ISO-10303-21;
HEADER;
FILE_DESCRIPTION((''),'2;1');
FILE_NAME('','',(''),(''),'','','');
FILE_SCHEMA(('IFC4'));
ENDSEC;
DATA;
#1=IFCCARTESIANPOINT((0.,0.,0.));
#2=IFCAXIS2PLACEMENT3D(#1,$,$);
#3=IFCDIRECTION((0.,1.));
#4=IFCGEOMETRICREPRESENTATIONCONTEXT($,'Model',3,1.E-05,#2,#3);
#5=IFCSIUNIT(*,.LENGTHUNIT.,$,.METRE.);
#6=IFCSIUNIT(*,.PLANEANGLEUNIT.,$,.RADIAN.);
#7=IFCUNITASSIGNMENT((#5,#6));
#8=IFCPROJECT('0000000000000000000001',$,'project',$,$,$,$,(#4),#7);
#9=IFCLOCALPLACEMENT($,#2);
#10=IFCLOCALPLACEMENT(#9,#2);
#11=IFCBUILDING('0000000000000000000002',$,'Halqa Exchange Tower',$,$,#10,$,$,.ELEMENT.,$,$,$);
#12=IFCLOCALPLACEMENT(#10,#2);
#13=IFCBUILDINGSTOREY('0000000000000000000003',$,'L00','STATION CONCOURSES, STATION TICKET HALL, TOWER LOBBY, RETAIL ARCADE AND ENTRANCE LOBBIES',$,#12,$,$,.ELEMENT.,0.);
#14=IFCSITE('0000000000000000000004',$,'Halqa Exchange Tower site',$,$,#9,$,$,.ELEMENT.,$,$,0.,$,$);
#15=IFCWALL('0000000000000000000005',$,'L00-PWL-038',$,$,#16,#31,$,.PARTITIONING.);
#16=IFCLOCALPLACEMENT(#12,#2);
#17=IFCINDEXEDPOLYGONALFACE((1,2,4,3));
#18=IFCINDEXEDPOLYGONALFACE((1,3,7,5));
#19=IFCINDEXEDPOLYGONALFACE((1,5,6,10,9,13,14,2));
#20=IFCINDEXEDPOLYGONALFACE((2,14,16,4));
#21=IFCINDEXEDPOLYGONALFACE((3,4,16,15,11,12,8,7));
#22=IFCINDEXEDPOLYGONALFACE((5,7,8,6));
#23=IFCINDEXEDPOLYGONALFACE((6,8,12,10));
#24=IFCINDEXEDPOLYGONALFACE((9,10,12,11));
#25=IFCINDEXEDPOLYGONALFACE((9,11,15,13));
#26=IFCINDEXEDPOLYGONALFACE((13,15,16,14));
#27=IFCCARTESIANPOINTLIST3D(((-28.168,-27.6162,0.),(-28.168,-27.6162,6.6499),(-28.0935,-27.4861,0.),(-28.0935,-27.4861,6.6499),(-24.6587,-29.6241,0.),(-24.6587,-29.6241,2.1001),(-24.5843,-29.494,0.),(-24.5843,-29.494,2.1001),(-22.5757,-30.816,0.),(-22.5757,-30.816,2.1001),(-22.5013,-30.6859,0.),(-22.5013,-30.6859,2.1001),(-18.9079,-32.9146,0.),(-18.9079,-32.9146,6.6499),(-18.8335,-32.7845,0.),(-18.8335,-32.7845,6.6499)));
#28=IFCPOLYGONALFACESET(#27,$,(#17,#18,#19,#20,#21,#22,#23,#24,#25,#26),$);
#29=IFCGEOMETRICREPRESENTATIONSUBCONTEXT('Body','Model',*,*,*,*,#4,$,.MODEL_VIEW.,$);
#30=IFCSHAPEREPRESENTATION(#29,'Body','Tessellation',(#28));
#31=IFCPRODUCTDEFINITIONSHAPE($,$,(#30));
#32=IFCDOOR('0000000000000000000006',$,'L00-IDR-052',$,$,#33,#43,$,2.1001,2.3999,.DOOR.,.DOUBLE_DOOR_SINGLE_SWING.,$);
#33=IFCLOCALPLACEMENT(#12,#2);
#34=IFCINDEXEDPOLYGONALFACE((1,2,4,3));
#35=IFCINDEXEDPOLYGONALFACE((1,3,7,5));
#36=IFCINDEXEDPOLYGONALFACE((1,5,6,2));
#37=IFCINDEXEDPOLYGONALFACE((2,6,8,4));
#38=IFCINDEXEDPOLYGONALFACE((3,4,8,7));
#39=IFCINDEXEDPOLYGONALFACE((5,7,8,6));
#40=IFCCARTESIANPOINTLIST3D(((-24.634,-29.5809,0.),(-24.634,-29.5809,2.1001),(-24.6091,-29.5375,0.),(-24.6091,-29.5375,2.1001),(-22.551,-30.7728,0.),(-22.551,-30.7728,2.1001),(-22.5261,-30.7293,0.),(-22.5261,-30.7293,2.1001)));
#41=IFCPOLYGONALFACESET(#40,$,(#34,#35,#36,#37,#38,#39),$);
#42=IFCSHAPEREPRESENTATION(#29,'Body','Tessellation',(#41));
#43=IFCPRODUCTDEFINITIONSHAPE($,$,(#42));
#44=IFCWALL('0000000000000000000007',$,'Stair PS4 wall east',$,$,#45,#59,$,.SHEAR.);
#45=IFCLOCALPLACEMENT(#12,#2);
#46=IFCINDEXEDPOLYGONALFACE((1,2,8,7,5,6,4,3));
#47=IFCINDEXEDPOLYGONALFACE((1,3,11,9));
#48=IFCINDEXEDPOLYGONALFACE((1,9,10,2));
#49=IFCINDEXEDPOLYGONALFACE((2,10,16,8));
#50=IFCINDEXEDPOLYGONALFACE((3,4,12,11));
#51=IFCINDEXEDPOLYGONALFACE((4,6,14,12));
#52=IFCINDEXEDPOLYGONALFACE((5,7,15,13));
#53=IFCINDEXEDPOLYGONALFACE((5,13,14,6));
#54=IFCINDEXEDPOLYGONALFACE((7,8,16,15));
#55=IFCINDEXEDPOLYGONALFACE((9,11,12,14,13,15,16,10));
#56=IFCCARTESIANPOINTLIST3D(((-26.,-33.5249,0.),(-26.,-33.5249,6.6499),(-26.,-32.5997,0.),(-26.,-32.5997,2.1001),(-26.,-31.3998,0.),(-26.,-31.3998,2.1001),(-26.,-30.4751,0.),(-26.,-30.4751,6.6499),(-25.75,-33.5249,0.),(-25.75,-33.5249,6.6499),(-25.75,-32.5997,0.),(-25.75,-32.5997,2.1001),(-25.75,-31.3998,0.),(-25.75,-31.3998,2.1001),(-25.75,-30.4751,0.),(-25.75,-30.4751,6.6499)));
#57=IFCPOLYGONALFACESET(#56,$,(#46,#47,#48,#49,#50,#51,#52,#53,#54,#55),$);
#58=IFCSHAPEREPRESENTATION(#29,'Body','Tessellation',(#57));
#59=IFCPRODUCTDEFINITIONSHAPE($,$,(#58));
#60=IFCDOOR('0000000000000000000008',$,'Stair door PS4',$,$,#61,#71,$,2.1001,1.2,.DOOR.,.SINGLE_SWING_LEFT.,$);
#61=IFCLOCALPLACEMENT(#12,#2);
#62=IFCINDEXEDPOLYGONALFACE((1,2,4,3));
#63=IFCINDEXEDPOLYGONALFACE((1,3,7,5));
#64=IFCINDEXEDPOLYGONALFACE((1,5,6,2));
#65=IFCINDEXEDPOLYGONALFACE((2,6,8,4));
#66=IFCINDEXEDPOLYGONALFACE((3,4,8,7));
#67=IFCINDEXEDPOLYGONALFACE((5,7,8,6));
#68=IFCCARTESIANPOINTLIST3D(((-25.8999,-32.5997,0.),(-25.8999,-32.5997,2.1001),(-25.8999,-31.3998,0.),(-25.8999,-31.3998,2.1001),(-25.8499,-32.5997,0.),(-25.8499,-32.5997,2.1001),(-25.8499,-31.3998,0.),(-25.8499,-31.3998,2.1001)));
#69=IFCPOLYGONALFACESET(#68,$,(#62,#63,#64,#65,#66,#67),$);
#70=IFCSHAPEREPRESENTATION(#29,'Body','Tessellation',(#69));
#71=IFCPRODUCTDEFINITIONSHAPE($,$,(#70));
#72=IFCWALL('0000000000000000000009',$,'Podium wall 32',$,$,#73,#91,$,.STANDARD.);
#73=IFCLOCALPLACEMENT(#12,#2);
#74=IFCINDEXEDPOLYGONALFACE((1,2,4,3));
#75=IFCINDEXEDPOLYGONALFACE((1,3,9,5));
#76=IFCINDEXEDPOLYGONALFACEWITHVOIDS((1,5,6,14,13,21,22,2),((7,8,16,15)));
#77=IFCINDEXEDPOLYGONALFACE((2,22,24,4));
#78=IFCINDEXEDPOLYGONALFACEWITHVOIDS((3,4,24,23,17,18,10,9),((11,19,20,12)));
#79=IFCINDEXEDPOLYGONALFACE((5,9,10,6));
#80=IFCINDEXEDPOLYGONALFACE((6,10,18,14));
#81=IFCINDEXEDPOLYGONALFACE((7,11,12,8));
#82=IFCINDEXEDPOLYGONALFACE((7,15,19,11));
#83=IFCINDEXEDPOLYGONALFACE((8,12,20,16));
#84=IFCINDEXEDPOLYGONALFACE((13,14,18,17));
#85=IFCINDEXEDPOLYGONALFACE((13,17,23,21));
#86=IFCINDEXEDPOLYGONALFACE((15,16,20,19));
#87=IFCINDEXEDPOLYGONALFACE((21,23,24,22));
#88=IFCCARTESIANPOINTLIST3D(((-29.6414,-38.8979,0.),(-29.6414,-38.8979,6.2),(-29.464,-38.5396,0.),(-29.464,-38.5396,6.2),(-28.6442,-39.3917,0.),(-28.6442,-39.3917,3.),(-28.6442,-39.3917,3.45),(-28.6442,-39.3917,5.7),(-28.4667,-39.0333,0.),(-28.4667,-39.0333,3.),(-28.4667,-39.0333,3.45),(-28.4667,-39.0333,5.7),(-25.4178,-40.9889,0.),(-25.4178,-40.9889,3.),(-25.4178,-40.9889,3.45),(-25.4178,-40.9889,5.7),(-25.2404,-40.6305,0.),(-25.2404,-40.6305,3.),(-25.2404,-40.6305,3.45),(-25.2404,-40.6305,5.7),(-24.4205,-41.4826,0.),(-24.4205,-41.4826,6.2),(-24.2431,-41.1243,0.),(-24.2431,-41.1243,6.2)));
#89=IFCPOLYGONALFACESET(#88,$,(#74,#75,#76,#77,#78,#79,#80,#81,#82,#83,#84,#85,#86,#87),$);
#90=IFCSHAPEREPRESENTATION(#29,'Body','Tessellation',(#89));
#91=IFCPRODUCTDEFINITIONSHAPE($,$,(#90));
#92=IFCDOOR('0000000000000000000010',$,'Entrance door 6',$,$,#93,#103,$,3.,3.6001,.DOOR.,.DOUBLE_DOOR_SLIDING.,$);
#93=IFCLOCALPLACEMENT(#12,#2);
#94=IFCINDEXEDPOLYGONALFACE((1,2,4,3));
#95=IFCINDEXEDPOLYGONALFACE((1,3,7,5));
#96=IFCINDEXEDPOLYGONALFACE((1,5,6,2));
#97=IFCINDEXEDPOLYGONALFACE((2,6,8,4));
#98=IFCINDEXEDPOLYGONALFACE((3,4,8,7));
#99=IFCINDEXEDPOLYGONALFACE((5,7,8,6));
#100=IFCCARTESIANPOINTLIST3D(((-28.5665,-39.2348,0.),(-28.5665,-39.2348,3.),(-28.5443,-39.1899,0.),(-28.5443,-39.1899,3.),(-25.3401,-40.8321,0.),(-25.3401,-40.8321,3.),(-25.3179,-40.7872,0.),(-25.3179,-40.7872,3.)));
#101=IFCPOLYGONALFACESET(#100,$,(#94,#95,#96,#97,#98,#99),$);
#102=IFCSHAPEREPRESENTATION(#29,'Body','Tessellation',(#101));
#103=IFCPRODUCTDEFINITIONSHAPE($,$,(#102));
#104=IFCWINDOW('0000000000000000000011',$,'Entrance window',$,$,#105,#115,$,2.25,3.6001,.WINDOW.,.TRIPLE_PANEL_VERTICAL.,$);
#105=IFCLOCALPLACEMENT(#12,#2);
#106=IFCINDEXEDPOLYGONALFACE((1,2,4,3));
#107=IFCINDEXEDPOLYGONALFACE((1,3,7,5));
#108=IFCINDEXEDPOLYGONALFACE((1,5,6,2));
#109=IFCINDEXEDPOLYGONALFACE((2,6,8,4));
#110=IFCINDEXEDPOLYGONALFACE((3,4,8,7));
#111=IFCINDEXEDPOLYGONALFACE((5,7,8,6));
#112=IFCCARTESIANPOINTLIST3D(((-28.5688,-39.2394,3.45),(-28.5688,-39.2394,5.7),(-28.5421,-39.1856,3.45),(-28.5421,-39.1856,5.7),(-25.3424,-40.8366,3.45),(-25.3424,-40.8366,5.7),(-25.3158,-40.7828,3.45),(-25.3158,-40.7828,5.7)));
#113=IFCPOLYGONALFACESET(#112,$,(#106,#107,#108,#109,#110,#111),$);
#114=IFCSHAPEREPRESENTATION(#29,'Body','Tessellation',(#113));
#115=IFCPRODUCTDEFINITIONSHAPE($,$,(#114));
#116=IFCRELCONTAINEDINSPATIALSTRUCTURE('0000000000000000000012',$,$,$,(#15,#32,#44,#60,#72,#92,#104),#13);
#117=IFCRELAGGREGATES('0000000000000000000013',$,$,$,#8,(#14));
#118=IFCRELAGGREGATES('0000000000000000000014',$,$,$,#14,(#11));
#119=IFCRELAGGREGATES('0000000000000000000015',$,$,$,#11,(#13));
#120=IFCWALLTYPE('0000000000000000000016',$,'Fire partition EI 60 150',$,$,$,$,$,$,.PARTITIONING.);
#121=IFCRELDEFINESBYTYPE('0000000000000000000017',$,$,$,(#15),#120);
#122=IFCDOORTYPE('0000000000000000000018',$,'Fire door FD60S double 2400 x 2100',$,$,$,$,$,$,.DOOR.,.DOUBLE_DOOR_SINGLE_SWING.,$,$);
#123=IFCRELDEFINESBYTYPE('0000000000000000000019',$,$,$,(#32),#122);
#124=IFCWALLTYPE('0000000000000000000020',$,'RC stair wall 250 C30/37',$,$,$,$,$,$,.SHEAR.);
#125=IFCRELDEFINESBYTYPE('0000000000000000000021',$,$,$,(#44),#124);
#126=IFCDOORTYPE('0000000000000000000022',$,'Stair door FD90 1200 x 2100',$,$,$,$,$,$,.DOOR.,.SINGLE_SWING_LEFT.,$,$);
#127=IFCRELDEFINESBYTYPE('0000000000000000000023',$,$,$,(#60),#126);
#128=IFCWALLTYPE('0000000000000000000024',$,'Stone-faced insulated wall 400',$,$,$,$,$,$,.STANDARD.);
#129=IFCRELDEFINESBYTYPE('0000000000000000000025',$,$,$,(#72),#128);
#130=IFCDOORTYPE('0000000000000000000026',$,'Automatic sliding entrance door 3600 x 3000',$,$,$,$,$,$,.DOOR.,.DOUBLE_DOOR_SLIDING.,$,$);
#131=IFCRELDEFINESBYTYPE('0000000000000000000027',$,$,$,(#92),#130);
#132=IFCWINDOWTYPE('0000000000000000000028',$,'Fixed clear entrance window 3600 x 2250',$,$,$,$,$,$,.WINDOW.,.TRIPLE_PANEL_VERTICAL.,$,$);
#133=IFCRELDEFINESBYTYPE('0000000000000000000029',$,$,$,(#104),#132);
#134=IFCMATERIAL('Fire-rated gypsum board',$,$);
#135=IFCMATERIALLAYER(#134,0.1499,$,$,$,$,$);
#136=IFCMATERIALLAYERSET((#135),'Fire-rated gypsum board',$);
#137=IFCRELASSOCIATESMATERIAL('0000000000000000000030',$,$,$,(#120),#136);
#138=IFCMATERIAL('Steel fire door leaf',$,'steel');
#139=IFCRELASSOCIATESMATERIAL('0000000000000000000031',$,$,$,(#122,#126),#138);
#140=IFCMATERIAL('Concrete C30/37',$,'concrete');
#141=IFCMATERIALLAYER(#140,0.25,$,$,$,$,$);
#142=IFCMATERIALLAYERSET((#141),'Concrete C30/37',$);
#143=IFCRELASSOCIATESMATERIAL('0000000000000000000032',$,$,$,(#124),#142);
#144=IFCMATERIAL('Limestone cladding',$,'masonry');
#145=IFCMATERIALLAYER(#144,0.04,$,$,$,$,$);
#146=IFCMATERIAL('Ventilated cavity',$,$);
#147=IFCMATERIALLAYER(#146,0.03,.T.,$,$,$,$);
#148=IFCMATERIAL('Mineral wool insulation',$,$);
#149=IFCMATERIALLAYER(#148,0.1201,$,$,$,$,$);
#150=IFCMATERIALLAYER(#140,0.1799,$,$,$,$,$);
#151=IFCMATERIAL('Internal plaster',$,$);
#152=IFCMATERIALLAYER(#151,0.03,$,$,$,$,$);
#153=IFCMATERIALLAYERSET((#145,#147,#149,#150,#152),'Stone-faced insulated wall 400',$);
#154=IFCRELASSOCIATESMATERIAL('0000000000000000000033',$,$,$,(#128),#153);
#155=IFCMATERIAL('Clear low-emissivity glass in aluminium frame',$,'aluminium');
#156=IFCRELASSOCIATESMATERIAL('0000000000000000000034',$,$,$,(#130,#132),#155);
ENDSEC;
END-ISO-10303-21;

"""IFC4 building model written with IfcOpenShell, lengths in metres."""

from ifc_helpers import new_model, si_unit, direction, frame, frame_2d, origin, place, context, subcontext, project, spatial, rectangle, extrude, material, layer, layer_set, type_object, element, fill, save


model = new_model("IFC4")

# Units and contexts
model_context = context("Model", 3, precision=1e-05, world=origin(), true_north=direction((0.0, 1.0)))
body_context = subcontext(model_context, "Body", "Model", "MODEL_VIEW")
ifc_project = project(units=[si_unit("LENGTHUNIT", "METRE"), si_unit("PLANEANGLEUNIT", "RADIAN")], contexts=[model_context])

# Site, building, storey
site_placement = place(None, origin())
site = spatial("IfcSite", under=ifc_project, at=site_placement, Name="Halqa Exchange Tower site", CompositionType="ELEMENT", RefElevation=0.0)
building_placement = place(site_placement, origin())
building = spatial("IfcBuilding", under=site, at=building_placement, Name="Halqa Exchange Tower", CompositionType="ELEMENT")
storey_placement = place(building_placement, origin())
storey = spatial("IfcBuildingStorey", under=building, at=storey_placement, Name="L00", Description="STATION CONCOURSES, STATION TICKET HALL, TOWER LOBBY, RETAIL ARCADE AND ENTRANCE LOBBIES", CompositionType="ELEMENT", Elevation=0.0)

# Shared definitions
ifc_material_1 = material(Name="Fire-rated gypsum board")
ifc_layer_1 = layer(ifc_material_1, 0.1499)
ifc_layer_set_1 = layer_set([ifc_layer_1], Name="Fire-rated gypsum board")
wall_type_1 = type_object("IfcWallType", Name="Fire partition EI 60 150", PredefinedType="PARTITIONING", material=ifc_layer_set_1)

# Walls, openings, doors
wall_1_placement = place(storey_placement, frame((-18.8706, -32.8496, 0.0), z_axis=(0.0, 0.0, 1.0), x_axis=(-0.867964, 0.496627, 0.0)))
wall_1 = element("IfcWall", 1, at=wall_1_placement, inside=storey, type_object=wall_type_1, Name="L00-PWL-038", PredefinedType="PARTITIONING", context=body_context, shape_type="SweptSolid", body=[
    extrude(rectangle(XDim=10.6687, YDim=0.1499, at=frame_2d((5.3345, 0.0))), origin(), (0.0, 0.0, 1.0), 6.6499),
])
opening_1_placement = place(wall_1_placement, frame((4.2258, 0.0, 0.0)))
opening_1 = element("IfcOpeningElement", 2, at=opening_1_placement, cuts=wall_1, PredefinedType="OPENING", context=body_context, shape_type="SweptSolid", body=[
    extrude(rectangle(XDim=2.3999, YDim=2.1001, at=frame_2d((1.2, 1.05))), frame((0.0, 0.0869, 0.0), z_axis=(0.0, -1.0, 0.0), x_axis=(1.0, 0.0, 0.0)), (0.0, 0.0, 1.0), 0.1738),
])
ifc_material_2 = material(Name="Steel fire door leaf", Category="steel")
door_type_1 = type_object("IfcDoorType", Name="Fire door FD60S double 2400 x 2100", OperationType="DOUBLE_DOOR_SINGLE_SWING", PredefinedType="DOOR", material=ifc_material_2)
door_1_placement = place(opening_1_placement, frame((2.3999, 0.0, 0.0), z_axis=(0.0, 0.0, 1.0), x_axis=(-1.0, 0.0, 0.0)))
door_1 = element("IfcDoor", 3, at=door_1_placement, inside=storey, type_object=door_type_1, Name="L00-IDR-052", OperationType="DOUBLE_DOOR_SINGLE_SWING", OverallHeight=2.1001, OverallWidth=2.3999, PredefinedType="DOOR", context=body_context, shape_type="SweptSolid", body=[
    extrude(rectangle(XDim=2.3999, YDim=2.1001, at=frame_2d((1.2, 1.05))), frame((0.0, 0.0249, 0.0), z_axis=(0.0, -1.0, 0.0), x_axis=(1.0, 0.0, 0.0)), (0.0, 0.0, 1.0), 0.05),
])
fill(opening_1, door_1)
ifc_material_3 = material(Name="Concrete C30/37", Category="concrete")
ifc_layer_2 = layer(ifc_material_3, 0.25)
ifc_layer_set_2 = layer_set([ifc_layer_2], Name="Concrete C30/37")
wall_type_2 = type_object("IfcWallType", Name="RC stair wall 250 C30/37", PredefinedType="SHEAR", material=ifc_layer_set_2)
wall_2_placement = place(storey_placement, frame((-25.875, -33.5249, 0.0), z_axis=(0.0, 0.0, 1.0), x_axis=(0.0, 1.0, 0.0)))
wall_2 = element("IfcWall", 4, at=wall_2_placement, inside=storey, type_object=wall_type_2, Name="Stair PS4 wall east", PredefinedType="SHEAR", context=body_context, shape_type="SweptSolid", body=[
    extrude(rectangle(XDim=3.0498, YDim=0.25, at=frame_2d((1.5249, 0.0))), origin(), (0.0, 0.0, 1.0), 6.6499),
])
opening_2_placement = place(wall_2_placement, frame((0.925, 0.0, 0.0)))
opening_2 = element("IfcOpeningElement", 5, at=opening_2_placement, cuts=wall_2, PredefinedType="OPENING", context=body_context, shape_type="SweptSolid", body=[
    extrude(rectangle(XDim=1.2, YDim=2.1001, at=frame_2d((0.6001, 1.05))), frame((0.0, 0.137, 0.0), z_axis=(0.0, -1.0, 0.0), x_axis=(1.0, 0.0, 0.0)), (0.0, 0.0, 1.0), 0.2739),
])
door_type_2 = type_object("IfcDoorType", Name="Stair door FD90 1200 x 2100", OperationType="SINGLE_SWING_LEFT", PredefinedType="DOOR", material=ifc_material_2)
door_2_placement = place(opening_2_placement, origin())
door_2 = element("IfcDoor", 6, at=door_2_placement, inside=storey, type_object=door_type_2, Name="Stair door PS4", OperationType="SINGLE_SWING_LEFT", OverallHeight=2.1001, OverallWidth=1.2, PredefinedType="DOOR", context=body_context, shape_type="SweptSolid", body=[
    extrude(rectangle(XDim=1.2, YDim=2.1001, at=frame_2d((0.6001, 1.05))), frame((0.0, 0.0249, 0.0), z_axis=(0.0, -1.0, 0.0), x_axis=(1.0, 0.0, 0.0)), (0.0, 0.0, 1.0), 0.05),
])
fill(opening_2, door_2)

# Wall, openings, door, window
ifc_material_4 = material(Name="Limestone cladding", Category="masonry")
ifc_layer_3 = layer(ifc_material_4, 0.04)
ifc_material_5 = material(Name="Ventilated cavity")
ifc_layer_4 = layer(ifc_material_5, 0.03, ventilated=True)
ifc_material_6 = material(Name="Mineral wool insulation")
ifc_layer_5 = layer(ifc_material_6, 0.1201)
ifc_layer_6 = layer(ifc_material_3, 0.1799)
ifc_material_7 = material(Name="Internal plaster")
ifc_layer_7 = layer(ifc_material_7, 0.03)
ifc_layer_set_3 = layer_set([ifc_layer_3, ifc_layer_4, ifc_layer_5, ifc_layer_6, ifc_layer_7], Name="Stone-faced insulated wall 400")
wall_type_3 = type_object("IfcWallType", Name="Stone-faced insulated wall 400", PredefinedType="STANDARD", material=ifc_layer_set_3)
wall_3_placement = place(storey_placement, frame((-29.5527, -38.7188, 0.0), z_axis=(0.0, 0.0, 1.0), x_axis=(0.896189, -0.443673, 0.0)))
wall_3 = element("IfcWall", 7, at=wall_3_placement, inside=storey, type_object=wall_type_3, Name="Podium wall 32", PredefinedType="STANDARD", context=body_context, shape_type="SweptSolid", body=[
    extrude(rectangle(XDim=5.8257, YDim=0.3999, at=frame_2d((2.9128, 0.0))), origin(), (0.0, 0.0, 1.0), 6.2),
])
opening_3_placement = place(wall_3_placement, frame((1.1128, 0.0, 0.0)))
opening_3 = element("IfcOpeningElement", 8, at=opening_3_placement, cuts=wall_3, PredefinedType="OPENING", context=body_context, shape_type="SweptSolid", body=[
    extrude(rectangle(XDim=3.6001, YDim=3.0, at=frame_2d((1.8, 1.5))), frame((0.0, 0.2119, 0.0), z_axis=(0.0, -1.0, 0.0), x_axis=(1.0, 0.0, 0.0)), (0.0, 0.0, 1.0), 0.4238),
])
opening_4_placement = place(wall_3_placement, frame((1.1128, 0.0, 3.45)))
opening_4 = element("IfcOpeningElement", 9, at=opening_4_placement, cuts=wall_3, PredefinedType="OPENING", context=body_context, shape_type="SweptSolid", body=[
    extrude(rectangle(XDim=3.6001, YDim=2.25, at=frame_2d((1.8, 1.125))), frame((0.0, 0.2119, 0.0), z_axis=(0.0, -1.0, 0.0), x_axis=(1.0, 0.0, 0.0)), (0.0, 0.0, 1.0), 0.4238),
])
ifc_material_8 = material(Name="Clear low-emissivity glass in aluminium frame", Category="aluminium")
door_type_3 = type_object("IfcDoorType", Name="Automatic sliding entrance door 3600 x 3000", OperationType="DOUBLE_DOOR_SLIDING", PredefinedType="DOOR", material=ifc_material_8)
door_3_placement = place(opening_3_placement, frame((3.6001, 0.0, 0.0), z_axis=(0.0, 0.0, 1.0), x_axis=(-1.0, 0.0, 0.0)))
door_3 = element("IfcDoor", 10, at=door_3_placement, inside=storey, type_object=door_type_3, Name="Entrance door 6", OperationType="DOUBLE_DOOR_SLIDING", OverallHeight=3.0, OverallWidth=3.6001, PredefinedType="DOOR", context=body_context, shape_type="SweptSolid", body=[
    extrude(rectangle(XDim=3.6001, YDim=3.0, at=frame_2d((1.8, 1.5))), frame((0.0, 0.0249, 0.0), z_axis=(0.0, -1.0, 0.0), x_axis=(1.0, 0.0, 0.0)), (0.0, 0.0, 1.0), 0.05),
])
fill(opening_3, door_3)
window_type = type_object("IfcWindowType", Name="Fixed clear entrance window 3600 x 2250", PartitioningType="TRIPLE_PANEL_VERTICAL", PredefinedType="WINDOW", material=ifc_material_8)
window_placement = place(opening_4_placement, origin())
window = element("IfcWindow", 11, at=window_placement, inside=storey, type_object=window_type, Name="Entrance window", OverallHeight=2.25, OverallWidth=3.6001, PartitioningType="TRIPLE_PANEL_VERTICAL", PredefinedType="WINDOW", context=body_context, shape_type="SweptSolid", body=[
    extrude(rectangle(XDim=3.6001, YDim=2.25, at=frame_2d((1.8, 1.125))), frame((0.0, 0.03, 0.0), z_axis=(0.0, -1.0, 0.0), x_axis=(1.0, 0.0, 0.0)), (0.0, 0.0, 1.0), 0.0601),
])
fill(opening_4, window)

save(model, "model.ifc")
